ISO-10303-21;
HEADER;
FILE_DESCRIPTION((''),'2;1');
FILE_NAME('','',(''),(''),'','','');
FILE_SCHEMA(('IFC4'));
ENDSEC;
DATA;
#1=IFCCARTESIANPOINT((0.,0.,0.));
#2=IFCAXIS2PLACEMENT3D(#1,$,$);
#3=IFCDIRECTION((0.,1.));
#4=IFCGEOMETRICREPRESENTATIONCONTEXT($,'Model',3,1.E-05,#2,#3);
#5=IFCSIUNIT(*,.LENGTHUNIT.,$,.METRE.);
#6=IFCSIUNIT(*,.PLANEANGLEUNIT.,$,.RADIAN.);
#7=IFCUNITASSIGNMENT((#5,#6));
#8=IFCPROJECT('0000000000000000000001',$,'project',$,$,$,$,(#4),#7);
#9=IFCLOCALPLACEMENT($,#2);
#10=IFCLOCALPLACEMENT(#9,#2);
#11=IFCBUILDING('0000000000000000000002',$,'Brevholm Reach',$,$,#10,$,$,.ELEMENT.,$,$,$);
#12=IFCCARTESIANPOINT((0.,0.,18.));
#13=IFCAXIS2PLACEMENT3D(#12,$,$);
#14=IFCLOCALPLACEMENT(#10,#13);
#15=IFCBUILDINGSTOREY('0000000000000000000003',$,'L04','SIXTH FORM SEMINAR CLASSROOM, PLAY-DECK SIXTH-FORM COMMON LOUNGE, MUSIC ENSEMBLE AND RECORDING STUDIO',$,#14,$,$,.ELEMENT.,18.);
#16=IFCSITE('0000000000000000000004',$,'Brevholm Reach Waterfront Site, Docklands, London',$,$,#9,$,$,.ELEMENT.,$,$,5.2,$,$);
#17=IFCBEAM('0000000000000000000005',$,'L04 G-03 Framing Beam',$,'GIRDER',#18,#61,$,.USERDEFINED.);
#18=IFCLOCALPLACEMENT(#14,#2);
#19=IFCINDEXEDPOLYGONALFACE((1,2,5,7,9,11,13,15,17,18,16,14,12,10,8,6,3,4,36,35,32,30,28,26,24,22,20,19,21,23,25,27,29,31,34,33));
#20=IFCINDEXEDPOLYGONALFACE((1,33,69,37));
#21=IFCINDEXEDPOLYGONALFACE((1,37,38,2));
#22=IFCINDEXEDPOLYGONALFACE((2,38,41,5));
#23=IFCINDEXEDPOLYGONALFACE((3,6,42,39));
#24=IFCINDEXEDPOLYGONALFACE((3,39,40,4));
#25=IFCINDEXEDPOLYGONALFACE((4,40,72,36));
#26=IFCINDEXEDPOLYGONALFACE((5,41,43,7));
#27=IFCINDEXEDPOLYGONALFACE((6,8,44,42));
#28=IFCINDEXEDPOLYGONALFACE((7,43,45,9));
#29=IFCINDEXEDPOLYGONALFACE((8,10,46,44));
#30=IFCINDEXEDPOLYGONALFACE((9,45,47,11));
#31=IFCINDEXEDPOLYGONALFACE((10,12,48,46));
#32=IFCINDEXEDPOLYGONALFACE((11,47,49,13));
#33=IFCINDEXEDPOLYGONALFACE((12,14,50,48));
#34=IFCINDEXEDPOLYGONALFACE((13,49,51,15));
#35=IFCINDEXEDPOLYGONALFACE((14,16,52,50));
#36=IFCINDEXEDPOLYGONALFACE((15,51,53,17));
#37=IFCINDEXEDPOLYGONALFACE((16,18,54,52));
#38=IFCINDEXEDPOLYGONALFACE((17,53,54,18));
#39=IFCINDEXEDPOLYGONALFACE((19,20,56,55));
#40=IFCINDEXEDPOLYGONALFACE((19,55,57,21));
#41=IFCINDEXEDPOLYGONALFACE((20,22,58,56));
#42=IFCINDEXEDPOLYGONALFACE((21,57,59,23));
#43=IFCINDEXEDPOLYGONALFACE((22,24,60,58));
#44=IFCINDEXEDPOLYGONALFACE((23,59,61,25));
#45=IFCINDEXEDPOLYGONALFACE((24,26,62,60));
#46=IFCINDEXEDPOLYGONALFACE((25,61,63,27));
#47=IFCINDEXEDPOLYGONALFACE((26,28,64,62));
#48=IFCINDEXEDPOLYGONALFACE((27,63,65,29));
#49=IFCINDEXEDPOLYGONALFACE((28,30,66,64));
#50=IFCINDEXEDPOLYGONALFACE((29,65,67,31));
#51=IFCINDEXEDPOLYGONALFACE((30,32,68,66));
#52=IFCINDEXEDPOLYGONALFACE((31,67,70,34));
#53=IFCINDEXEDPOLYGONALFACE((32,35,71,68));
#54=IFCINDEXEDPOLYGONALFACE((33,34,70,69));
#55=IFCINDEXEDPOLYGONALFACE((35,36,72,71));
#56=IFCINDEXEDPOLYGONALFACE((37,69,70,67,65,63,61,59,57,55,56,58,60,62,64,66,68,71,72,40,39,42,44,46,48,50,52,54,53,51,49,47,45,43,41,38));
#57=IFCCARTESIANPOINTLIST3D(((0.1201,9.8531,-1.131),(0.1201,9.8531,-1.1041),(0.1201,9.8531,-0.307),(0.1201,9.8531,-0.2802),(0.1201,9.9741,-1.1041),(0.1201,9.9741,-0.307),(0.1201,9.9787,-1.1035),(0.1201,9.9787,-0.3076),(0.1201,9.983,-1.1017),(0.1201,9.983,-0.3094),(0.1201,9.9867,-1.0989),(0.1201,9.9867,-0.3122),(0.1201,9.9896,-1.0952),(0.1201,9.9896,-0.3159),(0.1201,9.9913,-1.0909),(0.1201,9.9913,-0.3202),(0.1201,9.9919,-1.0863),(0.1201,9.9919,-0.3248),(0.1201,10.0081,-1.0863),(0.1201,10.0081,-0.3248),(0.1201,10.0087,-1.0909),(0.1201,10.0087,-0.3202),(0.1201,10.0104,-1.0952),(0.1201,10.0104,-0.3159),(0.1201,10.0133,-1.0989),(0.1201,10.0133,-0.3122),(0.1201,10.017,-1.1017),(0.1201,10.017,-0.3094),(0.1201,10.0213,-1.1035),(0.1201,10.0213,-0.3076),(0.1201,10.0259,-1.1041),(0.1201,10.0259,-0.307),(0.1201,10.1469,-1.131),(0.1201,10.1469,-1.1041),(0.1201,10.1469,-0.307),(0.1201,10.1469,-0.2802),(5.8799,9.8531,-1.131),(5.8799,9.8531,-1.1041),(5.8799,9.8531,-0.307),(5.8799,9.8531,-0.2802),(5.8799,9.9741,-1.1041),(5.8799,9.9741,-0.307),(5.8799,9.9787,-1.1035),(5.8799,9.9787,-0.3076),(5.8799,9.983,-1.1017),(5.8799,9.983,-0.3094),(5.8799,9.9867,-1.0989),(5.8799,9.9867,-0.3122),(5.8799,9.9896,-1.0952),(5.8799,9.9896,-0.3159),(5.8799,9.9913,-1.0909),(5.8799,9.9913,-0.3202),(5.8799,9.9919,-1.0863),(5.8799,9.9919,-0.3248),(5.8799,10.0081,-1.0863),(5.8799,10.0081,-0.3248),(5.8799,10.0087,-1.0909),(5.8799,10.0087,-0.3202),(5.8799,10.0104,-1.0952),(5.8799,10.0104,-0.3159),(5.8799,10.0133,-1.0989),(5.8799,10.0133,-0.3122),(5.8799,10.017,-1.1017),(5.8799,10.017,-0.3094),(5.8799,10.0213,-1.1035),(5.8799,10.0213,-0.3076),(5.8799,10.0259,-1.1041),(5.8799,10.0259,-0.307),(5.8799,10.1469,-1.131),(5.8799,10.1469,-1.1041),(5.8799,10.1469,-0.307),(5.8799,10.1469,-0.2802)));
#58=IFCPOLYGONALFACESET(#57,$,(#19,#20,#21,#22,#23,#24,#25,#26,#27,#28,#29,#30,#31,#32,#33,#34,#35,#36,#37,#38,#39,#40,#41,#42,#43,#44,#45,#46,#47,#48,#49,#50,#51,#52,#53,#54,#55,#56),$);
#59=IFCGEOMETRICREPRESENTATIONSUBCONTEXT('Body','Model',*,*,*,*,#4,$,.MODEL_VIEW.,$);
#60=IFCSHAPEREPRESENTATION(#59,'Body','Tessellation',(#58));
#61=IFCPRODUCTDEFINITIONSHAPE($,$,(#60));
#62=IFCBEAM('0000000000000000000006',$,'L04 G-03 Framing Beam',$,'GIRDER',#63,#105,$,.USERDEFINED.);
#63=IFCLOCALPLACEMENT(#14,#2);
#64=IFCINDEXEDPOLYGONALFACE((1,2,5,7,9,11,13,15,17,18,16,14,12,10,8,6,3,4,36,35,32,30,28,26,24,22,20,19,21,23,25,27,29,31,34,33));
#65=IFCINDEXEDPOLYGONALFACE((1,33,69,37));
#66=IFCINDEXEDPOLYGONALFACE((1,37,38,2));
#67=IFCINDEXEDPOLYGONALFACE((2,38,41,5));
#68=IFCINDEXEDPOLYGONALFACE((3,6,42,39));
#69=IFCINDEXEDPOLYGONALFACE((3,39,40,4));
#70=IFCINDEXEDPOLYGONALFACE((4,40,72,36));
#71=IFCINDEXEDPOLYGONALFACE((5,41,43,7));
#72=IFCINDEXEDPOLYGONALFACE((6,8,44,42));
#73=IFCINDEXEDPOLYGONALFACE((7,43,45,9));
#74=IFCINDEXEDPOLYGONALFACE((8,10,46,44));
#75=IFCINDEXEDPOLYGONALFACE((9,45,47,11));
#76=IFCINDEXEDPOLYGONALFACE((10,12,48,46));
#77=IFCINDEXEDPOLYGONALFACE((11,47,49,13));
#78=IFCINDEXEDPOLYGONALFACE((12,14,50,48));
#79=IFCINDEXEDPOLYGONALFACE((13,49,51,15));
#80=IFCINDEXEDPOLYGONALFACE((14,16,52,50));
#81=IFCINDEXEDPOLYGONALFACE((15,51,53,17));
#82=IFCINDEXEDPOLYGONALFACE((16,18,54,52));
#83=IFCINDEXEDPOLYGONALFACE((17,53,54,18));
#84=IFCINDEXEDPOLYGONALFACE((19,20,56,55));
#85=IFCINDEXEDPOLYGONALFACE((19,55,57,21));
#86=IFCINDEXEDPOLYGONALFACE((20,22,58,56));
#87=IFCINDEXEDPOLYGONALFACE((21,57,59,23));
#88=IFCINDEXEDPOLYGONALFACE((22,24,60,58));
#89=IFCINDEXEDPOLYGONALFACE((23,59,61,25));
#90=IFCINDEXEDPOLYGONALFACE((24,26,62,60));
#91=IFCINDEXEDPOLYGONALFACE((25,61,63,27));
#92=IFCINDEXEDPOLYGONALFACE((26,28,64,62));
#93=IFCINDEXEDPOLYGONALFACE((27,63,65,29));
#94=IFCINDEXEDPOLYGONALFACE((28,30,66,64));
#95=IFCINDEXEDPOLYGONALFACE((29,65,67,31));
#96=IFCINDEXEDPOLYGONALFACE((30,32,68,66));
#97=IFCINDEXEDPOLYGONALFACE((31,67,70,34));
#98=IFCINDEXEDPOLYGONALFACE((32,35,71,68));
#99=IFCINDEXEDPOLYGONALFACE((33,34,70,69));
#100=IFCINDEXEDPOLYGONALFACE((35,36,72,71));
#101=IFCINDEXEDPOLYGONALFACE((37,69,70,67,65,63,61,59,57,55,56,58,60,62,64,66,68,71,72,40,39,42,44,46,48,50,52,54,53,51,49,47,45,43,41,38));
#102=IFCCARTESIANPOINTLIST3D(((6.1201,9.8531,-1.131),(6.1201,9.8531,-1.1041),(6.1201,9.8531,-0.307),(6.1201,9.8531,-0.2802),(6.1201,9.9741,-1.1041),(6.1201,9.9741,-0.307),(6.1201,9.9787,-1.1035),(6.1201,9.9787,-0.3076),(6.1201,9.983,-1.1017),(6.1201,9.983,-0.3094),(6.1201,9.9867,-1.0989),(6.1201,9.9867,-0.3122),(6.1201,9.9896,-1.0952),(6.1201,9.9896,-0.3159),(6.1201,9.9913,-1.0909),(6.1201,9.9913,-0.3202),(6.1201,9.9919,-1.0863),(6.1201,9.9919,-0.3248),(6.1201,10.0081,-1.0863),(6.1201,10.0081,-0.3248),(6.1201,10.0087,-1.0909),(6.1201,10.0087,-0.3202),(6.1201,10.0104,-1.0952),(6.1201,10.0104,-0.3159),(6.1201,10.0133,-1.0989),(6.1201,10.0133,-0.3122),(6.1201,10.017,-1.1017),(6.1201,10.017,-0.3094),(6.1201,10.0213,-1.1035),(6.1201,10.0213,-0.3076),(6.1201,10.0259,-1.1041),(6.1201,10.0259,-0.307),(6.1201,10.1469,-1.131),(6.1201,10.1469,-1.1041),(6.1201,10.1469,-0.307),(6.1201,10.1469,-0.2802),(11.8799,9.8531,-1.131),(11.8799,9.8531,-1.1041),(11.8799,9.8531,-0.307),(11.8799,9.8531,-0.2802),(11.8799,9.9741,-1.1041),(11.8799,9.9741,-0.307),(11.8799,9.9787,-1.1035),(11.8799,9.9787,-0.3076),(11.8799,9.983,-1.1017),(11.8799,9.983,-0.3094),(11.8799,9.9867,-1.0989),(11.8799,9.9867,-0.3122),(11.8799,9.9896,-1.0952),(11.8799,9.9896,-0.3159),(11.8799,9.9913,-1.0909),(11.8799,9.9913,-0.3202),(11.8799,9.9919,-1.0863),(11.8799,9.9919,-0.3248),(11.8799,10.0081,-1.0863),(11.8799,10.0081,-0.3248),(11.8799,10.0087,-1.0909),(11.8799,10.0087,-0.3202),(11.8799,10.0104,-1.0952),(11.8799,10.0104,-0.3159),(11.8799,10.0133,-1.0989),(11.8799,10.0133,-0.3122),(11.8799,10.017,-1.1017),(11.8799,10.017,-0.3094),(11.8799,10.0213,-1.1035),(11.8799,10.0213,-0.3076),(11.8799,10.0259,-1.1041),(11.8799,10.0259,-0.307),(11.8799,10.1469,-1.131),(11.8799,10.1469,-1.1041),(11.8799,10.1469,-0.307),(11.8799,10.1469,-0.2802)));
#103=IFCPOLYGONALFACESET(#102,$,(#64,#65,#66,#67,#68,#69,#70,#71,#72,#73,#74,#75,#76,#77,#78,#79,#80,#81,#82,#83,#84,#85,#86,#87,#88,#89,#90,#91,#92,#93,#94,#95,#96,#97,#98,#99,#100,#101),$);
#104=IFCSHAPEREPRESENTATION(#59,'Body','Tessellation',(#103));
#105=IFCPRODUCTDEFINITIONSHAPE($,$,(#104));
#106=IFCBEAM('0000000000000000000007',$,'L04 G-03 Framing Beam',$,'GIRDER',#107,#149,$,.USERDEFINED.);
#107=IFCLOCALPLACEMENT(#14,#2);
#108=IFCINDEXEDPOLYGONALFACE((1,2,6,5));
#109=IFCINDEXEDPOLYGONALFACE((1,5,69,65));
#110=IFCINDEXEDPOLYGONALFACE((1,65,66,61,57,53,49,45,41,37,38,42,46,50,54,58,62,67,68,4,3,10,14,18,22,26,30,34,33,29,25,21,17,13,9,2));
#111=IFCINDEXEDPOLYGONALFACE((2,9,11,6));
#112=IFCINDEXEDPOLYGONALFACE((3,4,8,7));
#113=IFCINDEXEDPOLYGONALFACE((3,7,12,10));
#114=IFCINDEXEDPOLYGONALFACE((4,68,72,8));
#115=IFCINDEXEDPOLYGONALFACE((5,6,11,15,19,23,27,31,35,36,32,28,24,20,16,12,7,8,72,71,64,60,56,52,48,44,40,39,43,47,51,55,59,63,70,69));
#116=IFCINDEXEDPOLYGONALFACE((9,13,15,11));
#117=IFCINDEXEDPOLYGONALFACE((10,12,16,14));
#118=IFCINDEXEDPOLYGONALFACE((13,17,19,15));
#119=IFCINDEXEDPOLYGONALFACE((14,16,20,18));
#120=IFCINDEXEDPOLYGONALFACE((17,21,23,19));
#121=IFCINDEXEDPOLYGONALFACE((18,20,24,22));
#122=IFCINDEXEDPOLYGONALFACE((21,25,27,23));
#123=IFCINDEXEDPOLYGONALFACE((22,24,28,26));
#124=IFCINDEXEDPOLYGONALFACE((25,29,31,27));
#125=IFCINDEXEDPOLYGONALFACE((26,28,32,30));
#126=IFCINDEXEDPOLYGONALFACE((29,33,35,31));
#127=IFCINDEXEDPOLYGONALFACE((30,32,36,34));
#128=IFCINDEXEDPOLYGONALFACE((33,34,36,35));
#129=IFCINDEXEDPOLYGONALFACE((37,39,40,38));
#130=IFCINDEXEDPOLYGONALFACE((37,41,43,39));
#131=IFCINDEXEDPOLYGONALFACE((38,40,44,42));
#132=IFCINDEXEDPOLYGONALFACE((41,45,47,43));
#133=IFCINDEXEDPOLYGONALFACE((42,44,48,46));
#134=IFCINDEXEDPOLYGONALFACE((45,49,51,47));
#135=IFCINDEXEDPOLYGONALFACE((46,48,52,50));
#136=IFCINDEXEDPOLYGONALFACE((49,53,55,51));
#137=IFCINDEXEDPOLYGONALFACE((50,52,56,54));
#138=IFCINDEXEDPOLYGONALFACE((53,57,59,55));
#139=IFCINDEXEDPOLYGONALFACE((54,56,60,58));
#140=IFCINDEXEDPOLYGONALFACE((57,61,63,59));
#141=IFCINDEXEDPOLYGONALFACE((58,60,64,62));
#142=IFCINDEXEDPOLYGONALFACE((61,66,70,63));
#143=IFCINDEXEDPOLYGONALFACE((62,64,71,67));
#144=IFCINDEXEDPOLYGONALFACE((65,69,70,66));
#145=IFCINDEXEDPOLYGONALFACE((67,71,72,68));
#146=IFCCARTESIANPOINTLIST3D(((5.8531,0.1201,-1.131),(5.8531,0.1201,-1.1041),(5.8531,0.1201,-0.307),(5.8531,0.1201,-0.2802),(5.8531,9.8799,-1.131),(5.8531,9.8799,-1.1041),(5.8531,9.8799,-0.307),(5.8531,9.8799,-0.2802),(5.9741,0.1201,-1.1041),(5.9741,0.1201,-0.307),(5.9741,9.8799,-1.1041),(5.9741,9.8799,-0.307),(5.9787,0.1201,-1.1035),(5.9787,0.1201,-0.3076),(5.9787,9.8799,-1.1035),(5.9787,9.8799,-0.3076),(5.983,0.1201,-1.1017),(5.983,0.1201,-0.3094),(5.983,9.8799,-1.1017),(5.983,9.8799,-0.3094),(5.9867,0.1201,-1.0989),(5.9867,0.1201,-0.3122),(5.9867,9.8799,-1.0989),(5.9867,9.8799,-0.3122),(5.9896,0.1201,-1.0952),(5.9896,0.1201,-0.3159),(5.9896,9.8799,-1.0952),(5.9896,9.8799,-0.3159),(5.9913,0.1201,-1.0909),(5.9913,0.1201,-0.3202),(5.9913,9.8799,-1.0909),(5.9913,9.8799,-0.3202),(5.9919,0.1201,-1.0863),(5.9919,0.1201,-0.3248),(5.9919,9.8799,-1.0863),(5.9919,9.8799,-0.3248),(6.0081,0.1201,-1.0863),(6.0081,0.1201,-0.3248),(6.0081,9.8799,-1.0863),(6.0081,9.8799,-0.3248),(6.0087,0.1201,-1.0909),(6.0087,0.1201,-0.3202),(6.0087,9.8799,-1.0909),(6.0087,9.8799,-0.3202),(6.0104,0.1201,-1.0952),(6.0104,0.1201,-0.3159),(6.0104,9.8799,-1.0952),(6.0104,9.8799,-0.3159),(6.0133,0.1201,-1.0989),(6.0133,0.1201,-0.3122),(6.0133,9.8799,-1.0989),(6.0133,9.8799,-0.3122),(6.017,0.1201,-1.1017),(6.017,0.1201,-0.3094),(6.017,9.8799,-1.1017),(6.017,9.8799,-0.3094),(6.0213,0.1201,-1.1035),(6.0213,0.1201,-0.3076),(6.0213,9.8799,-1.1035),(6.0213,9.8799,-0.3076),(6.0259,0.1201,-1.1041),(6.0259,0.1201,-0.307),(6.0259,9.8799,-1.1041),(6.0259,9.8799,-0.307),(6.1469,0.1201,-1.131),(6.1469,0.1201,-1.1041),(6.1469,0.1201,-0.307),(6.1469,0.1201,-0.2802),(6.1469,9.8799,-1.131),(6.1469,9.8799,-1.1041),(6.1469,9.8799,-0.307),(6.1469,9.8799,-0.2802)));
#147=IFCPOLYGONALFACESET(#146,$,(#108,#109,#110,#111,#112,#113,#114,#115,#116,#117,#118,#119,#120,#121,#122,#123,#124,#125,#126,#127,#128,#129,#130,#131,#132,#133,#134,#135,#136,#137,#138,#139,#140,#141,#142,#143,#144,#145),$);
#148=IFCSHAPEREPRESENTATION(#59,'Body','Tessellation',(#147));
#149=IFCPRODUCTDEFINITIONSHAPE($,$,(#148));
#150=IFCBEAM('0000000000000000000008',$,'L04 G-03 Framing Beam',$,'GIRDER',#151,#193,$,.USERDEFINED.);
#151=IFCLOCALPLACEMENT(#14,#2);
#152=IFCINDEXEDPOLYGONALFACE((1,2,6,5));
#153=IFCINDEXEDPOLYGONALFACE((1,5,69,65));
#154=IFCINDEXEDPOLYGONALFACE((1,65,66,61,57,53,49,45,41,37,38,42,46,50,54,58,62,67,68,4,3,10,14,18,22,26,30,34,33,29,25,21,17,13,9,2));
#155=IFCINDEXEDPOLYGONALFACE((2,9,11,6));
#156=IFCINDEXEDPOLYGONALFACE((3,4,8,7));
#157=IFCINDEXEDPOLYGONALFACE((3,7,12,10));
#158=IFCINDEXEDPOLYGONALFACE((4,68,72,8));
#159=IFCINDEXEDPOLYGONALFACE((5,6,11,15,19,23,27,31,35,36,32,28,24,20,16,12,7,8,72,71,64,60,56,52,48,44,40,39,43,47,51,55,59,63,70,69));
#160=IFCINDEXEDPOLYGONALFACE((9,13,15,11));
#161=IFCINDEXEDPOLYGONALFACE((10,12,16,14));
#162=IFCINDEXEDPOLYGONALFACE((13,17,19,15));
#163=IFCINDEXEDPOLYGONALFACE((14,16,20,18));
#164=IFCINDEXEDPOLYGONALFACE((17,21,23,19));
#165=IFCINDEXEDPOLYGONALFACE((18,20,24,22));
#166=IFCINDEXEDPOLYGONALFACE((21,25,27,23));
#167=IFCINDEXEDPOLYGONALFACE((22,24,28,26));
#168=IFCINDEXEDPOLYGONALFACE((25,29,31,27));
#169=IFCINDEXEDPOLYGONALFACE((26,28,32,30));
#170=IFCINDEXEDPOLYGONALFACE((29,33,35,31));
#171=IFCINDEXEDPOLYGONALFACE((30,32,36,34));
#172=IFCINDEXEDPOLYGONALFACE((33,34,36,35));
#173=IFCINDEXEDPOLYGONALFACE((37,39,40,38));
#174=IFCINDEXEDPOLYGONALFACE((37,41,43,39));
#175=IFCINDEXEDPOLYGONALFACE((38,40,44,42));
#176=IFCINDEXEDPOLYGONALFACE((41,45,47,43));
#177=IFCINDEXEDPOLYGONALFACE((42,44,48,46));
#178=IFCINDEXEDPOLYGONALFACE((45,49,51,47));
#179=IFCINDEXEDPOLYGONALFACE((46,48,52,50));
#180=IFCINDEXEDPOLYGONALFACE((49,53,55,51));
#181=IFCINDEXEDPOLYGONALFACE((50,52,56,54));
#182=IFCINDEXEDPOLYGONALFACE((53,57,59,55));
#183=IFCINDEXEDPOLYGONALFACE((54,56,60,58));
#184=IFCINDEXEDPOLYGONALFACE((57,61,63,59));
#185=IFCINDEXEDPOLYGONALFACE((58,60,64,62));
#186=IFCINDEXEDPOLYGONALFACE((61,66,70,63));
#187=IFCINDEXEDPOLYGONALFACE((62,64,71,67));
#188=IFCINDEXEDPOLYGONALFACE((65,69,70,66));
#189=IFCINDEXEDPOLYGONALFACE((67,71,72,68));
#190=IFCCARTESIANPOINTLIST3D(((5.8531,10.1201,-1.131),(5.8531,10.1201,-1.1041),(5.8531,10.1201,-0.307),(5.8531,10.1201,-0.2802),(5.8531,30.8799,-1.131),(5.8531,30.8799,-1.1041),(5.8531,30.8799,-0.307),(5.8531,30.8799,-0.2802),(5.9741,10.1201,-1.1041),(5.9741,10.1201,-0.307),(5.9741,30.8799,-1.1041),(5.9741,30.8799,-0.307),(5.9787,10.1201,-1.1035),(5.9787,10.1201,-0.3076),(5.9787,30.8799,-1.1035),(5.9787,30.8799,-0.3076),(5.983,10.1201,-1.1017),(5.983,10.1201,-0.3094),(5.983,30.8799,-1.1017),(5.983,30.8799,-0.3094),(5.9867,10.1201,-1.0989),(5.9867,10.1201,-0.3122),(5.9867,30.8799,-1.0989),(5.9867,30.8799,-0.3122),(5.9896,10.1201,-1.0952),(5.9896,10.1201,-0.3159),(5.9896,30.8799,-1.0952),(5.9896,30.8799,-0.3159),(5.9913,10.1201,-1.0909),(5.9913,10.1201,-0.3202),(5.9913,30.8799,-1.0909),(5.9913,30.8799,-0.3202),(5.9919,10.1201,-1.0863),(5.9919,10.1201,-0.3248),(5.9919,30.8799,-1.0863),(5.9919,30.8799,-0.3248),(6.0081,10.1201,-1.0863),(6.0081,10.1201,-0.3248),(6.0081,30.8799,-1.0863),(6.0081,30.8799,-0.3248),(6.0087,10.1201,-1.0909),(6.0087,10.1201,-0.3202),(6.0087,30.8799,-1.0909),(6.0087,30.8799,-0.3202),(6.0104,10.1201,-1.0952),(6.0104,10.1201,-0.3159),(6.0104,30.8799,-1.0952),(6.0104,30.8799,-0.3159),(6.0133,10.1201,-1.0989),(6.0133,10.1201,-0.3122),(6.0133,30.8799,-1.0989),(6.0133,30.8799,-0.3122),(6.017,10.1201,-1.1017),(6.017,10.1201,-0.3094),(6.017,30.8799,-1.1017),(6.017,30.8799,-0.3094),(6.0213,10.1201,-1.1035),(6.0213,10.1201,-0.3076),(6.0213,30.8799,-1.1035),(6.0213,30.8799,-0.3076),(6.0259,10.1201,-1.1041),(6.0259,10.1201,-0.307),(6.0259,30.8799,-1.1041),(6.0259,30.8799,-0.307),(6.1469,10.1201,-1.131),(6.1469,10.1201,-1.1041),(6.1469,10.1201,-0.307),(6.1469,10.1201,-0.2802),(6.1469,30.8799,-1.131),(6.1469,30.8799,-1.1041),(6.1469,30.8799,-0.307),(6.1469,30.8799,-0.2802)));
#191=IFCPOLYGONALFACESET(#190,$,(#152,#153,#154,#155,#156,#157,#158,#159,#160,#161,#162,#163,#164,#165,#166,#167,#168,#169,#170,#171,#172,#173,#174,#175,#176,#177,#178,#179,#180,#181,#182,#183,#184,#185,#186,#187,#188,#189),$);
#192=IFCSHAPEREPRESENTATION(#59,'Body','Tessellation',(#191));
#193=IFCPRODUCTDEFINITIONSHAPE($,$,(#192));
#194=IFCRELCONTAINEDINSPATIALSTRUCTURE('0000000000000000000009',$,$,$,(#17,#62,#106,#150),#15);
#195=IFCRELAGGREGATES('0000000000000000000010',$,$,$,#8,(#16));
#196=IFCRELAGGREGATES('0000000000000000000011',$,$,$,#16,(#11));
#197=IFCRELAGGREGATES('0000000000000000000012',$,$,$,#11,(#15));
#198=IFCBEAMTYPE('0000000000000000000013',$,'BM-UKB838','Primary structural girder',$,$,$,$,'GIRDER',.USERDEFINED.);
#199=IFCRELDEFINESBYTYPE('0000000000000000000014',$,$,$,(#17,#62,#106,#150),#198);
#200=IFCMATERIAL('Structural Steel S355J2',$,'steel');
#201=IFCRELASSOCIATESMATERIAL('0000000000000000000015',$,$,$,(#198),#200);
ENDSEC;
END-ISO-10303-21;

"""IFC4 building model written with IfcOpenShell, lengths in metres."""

from ifc_helpers import new_model, si_unit, direction, frame, origin, origin_2d, place, context, subcontext, project, spatial, i_section, extrude, material, material_profile, profile_set, type_object, element, save


model = new_model("IFC4")

# Units and contexts
model_context = context("Model", 3, precision=1e-05, world=origin(), true_north=direction((0.0, 1.0)))
body_context = subcontext(model_context, "Body", "Model", "MODEL_VIEW")
ifc_project = project(units=[si_unit("LENGTHUNIT", "METRE"), si_unit("PLANEANGLEUNIT", "RADIAN")], contexts=[model_context])

# Site, building, storey
site_placement = place(None, origin())
site = spatial("IfcSite", under=ifc_project, at=site_placement, Name="Brevholm Reach Waterfront Site, Docklands, London", CompositionType="ELEMENT", RefElevation=5.2)
building_placement = place(site_placement, origin())
building = spatial("IfcBuilding", under=site, at=building_placement, Name="Brevholm Reach", CompositionType="ELEMENT")
storey_placement = place(building_placement, frame((0.0, 0.0, 18.0)))
storey = spatial("IfcBuildingStorey", under=building, at=storey_placement, Name="L04", Description="SIXTH FORM SEMINAR CLASSROOM, PLAY-DECK SIXTH-FORM COMMON LOUNGE, MUSIC ENSEMBLE AND RECORDING STUDIO", CompositionType="ELEMENT", Elevation=18.0)

# Beams
ifc_material_1 = material(Name="Structural Steel S355J2", Category="steel")
ifc_material_profile_1 = material_profile(ifc_material_1, i_section(OverallWidth=0.2937, OverallDepth=0.8508, WebThickness=0.0161, FlangeThickness=0.0269, FilletRadius=0.0178, at=origin_2d()), Name="UKB 838x292x226")
ifc_profile_set_1 = profile_set([ifc_material_profile_1], Name="Structural Steel S355J2")
beam_type_1 = type_object("IfcBeamType", Name="BM-UKB838", Description="Primary structural girder", ElementType="GIRDER", PredefinedType="USERDEFINED", material=ifc_profile_set_1)
for number, where, z_axis, x_axis, name in (
    (1, (0.1201, 10.0, -0.7056), (1.0, 0.0, 0.0), (0.0, 1.0, 0.0), "L04 G-03 Framing Beam"),
    (2, (6.1201, 10.0, -0.7056), (1.0, 0.0, 0.0), (0.0, 1.0, 0.0), "L04 G-03 Framing Beam"),
):
    element("IfcBeam", number, at=place(storey_placement, frame(where, z_axis=z_axis, x_axis=x_axis)), inside=storey, type_object=beam_type_1, Name=name, ObjectType="GIRDER", PredefinedType="USERDEFINED", context=body_context, shape_type="SweptSolid", body=[
        extrude(i_section(OverallWidth=0.2937, OverallDepth=0.8508, WebThickness=0.0161, FlangeThickness=0.0269, FilletRadius=0.0178, at=origin_2d()), origin(), (0.0, 0.0, 1.0), 5.7598),
    ])
beam_1_placement = place(storey_placement, frame((6.0, 0.1201, -0.7056), z_axis=(0.0, 1.0, 0.0), x_axis=(-1.0, 0.0, 0.0)))
element("IfcBeam", 3, at=beam_1_placement, inside=storey, type_object=beam_type_1, Name="L04 G-03 Framing Beam", ObjectType="GIRDER", PredefinedType="USERDEFINED", context=body_context, shape_type="SweptSolid", body=[
    extrude(i_section(OverallWidth=0.2937, OverallDepth=0.8508, WebThickness=0.0161, FlangeThickness=0.0269, FilletRadius=0.0178, at=origin_2d()), origin(), (0.0, 0.0, 1.0), 9.7598),
])
beam_2_placement = place(storey_placement, frame((6.0, 10.1201, -0.7056), z_axis=(0.0, 1.0, 0.0), x_axis=(-1.0, 0.0, 0.0)))
element("IfcBeam", 4, at=beam_2_placement, inside=storey, type_object=beam_type_1, Name="L04 G-03 Framing Beam", ObjectType="GIRDER", PredefinedType="USERDEFINED", context=body_context, shape_type="SweptSolid", body=[
    extrude(i_section(OverallWidth=0.2937, OverallDepth=0.8508, WebThickness=0.0161, FlangeThickness=0.0269, FilletRadius=0.0178, at=origin_2d()), origin(), (0.0, 0.0, 1.0), 20.7598),
])

save(model, "model.ifc")
